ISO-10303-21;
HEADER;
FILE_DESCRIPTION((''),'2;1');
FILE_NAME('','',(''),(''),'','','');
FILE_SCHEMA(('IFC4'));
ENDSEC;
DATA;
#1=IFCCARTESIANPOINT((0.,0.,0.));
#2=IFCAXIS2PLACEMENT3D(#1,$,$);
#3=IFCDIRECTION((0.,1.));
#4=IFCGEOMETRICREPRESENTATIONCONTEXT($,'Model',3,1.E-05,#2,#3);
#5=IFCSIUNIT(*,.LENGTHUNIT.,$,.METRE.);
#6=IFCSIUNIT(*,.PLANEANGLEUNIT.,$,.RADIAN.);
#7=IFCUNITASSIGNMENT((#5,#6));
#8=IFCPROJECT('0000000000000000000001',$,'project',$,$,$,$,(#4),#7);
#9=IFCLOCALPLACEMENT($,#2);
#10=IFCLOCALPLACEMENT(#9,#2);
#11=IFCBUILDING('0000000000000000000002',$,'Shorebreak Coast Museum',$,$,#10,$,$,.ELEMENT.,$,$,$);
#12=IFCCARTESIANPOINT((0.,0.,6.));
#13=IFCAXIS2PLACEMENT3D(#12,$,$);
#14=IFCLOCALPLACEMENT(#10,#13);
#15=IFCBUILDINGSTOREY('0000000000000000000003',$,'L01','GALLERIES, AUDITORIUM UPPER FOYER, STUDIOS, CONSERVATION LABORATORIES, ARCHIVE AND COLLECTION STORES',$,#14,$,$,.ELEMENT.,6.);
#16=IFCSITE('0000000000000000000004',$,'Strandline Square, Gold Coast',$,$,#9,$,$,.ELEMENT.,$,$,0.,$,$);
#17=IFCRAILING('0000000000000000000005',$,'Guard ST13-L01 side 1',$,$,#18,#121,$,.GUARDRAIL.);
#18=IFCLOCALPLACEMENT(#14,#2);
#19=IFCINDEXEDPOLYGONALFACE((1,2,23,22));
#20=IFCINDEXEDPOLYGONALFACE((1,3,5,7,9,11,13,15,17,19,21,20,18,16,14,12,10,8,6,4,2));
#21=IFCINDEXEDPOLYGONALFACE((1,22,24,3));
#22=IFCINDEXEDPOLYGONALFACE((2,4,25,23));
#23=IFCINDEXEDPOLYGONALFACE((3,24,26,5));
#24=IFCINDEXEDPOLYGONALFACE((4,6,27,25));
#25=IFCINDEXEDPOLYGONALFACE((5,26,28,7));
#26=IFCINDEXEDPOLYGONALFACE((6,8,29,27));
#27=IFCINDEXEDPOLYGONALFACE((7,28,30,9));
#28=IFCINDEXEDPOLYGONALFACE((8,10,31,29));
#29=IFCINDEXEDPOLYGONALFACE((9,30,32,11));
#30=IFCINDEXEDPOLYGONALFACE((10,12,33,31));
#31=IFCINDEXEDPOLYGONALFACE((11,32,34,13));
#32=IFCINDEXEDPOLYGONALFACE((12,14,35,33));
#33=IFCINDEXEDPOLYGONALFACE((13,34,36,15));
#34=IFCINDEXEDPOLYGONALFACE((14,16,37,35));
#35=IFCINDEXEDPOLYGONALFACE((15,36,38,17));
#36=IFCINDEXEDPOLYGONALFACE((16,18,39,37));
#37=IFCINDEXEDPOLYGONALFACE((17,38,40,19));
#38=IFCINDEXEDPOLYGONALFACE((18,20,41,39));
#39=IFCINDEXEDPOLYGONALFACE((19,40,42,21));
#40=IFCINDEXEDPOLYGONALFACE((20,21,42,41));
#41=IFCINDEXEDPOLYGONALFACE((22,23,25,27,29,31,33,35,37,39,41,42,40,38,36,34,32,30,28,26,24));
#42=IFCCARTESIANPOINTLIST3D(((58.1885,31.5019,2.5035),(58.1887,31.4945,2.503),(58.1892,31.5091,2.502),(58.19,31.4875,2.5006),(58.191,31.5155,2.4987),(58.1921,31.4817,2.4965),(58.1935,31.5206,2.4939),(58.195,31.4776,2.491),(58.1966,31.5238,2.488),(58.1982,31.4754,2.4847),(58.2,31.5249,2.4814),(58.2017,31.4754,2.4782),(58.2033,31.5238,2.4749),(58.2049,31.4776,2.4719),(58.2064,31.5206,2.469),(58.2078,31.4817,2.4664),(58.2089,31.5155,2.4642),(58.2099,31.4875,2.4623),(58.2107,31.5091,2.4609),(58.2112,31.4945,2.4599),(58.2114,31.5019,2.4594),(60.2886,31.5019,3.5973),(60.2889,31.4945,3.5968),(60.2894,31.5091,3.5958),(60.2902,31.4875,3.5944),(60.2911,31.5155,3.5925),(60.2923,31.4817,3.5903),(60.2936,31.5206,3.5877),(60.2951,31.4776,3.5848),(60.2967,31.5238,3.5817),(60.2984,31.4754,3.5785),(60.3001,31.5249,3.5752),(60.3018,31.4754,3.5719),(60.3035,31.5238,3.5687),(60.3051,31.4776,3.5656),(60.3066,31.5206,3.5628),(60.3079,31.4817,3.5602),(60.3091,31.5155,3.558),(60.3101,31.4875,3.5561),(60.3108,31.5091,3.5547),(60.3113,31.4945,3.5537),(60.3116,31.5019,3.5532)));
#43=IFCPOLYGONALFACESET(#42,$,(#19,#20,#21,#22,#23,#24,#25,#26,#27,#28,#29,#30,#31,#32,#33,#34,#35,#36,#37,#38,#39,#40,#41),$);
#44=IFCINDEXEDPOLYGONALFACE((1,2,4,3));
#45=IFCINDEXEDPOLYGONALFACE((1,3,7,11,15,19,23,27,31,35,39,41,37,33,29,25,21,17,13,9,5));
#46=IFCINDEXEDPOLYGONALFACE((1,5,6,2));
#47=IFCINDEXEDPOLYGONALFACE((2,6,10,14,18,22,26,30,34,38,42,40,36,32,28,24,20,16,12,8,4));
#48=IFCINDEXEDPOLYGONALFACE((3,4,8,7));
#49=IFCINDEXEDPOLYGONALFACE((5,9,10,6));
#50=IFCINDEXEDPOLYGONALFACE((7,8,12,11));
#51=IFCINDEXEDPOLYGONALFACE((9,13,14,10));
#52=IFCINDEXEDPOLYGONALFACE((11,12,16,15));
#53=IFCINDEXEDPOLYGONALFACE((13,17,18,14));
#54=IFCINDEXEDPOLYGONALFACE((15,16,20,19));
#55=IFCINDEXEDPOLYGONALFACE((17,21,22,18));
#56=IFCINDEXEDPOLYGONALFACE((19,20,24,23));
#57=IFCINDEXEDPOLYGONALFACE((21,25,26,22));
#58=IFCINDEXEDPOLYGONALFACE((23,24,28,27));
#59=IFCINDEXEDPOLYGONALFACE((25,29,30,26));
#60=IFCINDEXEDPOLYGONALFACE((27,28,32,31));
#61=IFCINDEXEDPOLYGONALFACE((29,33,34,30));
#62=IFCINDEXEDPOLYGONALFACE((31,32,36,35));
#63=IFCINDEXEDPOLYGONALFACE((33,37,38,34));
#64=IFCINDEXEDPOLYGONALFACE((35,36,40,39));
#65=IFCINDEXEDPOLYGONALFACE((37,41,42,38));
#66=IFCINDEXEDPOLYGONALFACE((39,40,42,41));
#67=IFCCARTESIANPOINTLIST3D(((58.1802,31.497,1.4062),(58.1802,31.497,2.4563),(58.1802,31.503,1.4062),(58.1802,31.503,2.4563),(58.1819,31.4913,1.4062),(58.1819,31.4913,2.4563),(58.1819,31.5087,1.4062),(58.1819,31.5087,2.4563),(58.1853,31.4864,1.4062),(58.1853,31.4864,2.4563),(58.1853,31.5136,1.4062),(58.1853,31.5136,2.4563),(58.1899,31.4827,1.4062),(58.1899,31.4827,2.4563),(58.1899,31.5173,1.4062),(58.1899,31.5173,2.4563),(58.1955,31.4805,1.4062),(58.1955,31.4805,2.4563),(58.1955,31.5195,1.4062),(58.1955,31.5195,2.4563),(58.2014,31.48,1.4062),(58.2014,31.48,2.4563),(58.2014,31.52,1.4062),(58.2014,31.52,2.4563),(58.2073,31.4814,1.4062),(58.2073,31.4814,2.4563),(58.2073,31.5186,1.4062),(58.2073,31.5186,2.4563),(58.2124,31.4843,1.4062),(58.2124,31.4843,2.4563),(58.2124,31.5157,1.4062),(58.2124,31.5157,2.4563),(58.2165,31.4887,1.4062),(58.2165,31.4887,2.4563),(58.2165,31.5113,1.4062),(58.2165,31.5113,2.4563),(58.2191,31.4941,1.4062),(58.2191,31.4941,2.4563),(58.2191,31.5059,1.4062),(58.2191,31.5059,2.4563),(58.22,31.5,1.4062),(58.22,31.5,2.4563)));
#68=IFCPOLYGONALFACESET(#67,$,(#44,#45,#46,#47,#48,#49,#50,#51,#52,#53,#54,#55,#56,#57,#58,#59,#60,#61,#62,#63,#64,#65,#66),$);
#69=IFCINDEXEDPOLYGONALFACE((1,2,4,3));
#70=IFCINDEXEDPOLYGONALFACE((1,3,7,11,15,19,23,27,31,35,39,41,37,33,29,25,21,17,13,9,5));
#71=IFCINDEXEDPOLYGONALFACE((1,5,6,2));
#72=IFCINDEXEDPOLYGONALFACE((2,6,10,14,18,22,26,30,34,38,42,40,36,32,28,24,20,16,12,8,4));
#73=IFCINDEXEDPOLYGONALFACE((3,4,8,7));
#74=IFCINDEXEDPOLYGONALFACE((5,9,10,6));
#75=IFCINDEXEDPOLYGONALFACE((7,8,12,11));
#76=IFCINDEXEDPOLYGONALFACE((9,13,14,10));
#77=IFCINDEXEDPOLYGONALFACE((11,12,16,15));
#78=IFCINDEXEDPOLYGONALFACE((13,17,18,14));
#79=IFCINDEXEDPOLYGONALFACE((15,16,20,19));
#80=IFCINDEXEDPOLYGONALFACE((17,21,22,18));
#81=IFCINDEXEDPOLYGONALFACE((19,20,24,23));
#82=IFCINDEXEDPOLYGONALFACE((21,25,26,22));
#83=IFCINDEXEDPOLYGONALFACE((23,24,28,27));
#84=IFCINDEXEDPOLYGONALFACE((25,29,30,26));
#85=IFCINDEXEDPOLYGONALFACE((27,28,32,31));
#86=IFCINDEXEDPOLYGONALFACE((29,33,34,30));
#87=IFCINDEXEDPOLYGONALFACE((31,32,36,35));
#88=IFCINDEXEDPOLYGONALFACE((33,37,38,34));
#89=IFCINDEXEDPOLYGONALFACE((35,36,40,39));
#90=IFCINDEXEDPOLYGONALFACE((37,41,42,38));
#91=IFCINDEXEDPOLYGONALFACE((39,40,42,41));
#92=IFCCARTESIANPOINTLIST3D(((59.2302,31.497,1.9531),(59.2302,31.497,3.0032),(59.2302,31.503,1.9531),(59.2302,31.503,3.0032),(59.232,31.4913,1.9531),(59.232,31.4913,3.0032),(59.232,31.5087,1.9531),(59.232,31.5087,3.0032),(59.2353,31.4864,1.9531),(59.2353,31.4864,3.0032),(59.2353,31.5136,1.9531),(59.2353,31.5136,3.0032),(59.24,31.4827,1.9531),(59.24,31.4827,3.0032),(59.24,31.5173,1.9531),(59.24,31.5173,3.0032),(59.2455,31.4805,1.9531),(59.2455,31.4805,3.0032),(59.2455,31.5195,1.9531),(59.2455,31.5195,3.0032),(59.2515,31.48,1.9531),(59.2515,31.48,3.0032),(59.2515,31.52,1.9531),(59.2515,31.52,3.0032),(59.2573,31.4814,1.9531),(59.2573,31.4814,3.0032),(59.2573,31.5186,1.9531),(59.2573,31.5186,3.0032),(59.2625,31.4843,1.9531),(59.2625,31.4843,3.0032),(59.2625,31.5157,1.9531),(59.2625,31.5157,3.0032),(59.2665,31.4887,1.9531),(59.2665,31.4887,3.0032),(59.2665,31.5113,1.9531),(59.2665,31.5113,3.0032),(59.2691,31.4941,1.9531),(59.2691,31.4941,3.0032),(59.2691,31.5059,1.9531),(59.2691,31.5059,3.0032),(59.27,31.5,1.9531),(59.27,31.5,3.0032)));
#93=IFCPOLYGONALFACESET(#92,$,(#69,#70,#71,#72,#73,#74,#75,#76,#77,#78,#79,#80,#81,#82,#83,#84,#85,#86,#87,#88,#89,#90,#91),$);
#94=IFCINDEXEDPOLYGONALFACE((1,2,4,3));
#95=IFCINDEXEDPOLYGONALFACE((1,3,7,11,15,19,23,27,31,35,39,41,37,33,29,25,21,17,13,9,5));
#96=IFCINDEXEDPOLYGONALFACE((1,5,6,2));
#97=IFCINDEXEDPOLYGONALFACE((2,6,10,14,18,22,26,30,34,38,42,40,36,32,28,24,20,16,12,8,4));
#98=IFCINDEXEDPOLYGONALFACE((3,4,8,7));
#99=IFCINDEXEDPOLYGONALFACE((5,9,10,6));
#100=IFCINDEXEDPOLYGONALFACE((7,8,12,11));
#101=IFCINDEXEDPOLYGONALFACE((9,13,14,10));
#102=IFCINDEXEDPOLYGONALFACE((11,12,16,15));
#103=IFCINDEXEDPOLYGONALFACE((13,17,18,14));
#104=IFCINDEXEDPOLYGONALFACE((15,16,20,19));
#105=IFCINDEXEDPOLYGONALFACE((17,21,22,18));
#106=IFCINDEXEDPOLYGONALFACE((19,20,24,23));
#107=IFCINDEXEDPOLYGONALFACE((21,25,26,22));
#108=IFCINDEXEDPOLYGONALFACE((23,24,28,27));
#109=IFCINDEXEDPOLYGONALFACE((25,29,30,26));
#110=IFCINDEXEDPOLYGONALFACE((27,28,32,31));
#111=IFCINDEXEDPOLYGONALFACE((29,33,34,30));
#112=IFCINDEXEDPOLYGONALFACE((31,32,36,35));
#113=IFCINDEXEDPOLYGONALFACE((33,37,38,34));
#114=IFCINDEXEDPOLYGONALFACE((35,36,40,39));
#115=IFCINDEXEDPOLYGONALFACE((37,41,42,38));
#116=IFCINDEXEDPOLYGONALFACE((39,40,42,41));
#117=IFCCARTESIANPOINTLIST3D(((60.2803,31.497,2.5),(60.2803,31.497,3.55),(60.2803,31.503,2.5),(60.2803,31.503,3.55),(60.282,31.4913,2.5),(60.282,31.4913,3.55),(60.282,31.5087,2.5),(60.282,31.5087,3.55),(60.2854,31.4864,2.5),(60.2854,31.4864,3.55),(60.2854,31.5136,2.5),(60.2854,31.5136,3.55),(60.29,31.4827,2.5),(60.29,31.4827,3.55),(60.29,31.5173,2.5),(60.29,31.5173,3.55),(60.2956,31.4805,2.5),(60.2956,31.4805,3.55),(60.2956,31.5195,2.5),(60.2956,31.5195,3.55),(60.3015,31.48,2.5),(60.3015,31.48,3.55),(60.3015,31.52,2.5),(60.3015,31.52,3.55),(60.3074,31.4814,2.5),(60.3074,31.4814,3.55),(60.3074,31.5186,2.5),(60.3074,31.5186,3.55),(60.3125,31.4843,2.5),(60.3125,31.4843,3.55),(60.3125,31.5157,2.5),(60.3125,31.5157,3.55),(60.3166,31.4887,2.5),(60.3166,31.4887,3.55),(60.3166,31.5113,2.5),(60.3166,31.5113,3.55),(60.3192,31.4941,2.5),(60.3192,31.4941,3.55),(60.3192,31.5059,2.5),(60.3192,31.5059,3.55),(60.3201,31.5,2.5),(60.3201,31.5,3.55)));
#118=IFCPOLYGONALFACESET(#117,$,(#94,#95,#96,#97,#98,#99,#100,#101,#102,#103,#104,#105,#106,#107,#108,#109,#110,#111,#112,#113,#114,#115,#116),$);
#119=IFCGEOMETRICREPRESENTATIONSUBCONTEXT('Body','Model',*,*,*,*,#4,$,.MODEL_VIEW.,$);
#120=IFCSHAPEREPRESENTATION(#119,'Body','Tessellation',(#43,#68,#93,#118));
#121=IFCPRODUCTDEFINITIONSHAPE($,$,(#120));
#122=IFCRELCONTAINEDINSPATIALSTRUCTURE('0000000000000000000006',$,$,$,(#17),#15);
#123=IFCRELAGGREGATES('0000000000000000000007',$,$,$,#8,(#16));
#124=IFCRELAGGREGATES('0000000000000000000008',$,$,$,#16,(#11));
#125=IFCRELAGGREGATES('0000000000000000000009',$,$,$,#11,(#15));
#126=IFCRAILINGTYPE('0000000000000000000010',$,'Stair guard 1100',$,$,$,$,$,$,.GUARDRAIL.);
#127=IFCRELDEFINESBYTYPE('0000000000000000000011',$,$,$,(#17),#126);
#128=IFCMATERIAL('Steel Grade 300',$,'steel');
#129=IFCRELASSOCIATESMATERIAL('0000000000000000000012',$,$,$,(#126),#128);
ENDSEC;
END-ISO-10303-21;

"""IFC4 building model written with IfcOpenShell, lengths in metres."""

from ifc_helpers import new_model, si_unit, direction, frame, origin, origin_2d, place, context, subcontext, project, spatial, circle, extrude, material, type_object, element, save


model = new_model("IFC4")

# Units and contexts
model_context = context("Model", 3, precision=1e-05, world=origin(), true_north=direction((0.0, 1.0)))
body_context = subcontext(model_context, "Body", "Model", "MODEL_VIEW")
ifc_project = project(units=[si_unit("LENGTHUNIT", "METRE"), si_unit("PLANEANGLEUNIT", "RADIAN")], contexts=[model_context])

# Site, building, storey
site_placement = place(None, origin())
site = spatial("IfcSite", under=ifc_project, at=site_placement, Name="Strandline Square, Gold Coast", CompositionType="ELEMENT", RefElevation=0.0)
building_placement = place(site_placement, origin())
building = spatial("IfcBuilding", under=site, at=building_placement, Name="Shorebreak Coast Museum", CompositionType="ELEMENT")
storey_placement = place(building_placement, frame((0.0, 0.0, 6.0)))
storey = spatial("IfcBuildingStorey", under=building, at=storey_placement, Name="L01", Description="GALLERIES, AUDITORIUM UPPER FOYER, STUDIOS, CONSERVATION LABORATORIES, ARCHIVE AND COLLECTION STORES", CompositionType="ELEMENT", Elevation=6.0)

# Railing
ifc_material_1 = material(Name="Steel Grade 300", Category="steel")
railing_type_1 = type_object("IfcRailingType", Name="Stair guard 1100", PredefinedType="GUARDRAIL", material=ifc_material_1)
for number, where, name in (
    (1, (58.2, 31.5, 1.4062), "Guard ST13-L01 side 1"),
):
    element("IfcRailing", number, at=place(storey_placement, frame(where)), inside=storey, type_object=railing_type_1, Name=name, PredefinedType="GUARDRAIL", context=body_context, shape_type="SweptSolid", body=[
        extrude(circle(Radius=0.0249, at=origin_2d()), frame((0.0, 0.0, 1.0752), z_axis=(0.886923, 0.0, 0.461918), x_axis=(0.0, 1.0, 0.0)), (0.0, 0.0, 1.0), 2.3679),
        extrude(circle(Radius=0.02, at=origin_2d()), origin(), (0.0, 0.0, 1.0), 1.05),
        extrude(circle(Radius=0.02, at=origin_2d()), frame((1.05, 0.0, 0.5469)), (0.0, 0.0, 1.0), 1.05),
        extrude(circle(Radius=0.02, at=origin_2d()), frame((2.1001, 0.0, 1.0938)), (0.0, 0.0, 1.0), 1.05),
    ])

save(model, "model.ifc")
